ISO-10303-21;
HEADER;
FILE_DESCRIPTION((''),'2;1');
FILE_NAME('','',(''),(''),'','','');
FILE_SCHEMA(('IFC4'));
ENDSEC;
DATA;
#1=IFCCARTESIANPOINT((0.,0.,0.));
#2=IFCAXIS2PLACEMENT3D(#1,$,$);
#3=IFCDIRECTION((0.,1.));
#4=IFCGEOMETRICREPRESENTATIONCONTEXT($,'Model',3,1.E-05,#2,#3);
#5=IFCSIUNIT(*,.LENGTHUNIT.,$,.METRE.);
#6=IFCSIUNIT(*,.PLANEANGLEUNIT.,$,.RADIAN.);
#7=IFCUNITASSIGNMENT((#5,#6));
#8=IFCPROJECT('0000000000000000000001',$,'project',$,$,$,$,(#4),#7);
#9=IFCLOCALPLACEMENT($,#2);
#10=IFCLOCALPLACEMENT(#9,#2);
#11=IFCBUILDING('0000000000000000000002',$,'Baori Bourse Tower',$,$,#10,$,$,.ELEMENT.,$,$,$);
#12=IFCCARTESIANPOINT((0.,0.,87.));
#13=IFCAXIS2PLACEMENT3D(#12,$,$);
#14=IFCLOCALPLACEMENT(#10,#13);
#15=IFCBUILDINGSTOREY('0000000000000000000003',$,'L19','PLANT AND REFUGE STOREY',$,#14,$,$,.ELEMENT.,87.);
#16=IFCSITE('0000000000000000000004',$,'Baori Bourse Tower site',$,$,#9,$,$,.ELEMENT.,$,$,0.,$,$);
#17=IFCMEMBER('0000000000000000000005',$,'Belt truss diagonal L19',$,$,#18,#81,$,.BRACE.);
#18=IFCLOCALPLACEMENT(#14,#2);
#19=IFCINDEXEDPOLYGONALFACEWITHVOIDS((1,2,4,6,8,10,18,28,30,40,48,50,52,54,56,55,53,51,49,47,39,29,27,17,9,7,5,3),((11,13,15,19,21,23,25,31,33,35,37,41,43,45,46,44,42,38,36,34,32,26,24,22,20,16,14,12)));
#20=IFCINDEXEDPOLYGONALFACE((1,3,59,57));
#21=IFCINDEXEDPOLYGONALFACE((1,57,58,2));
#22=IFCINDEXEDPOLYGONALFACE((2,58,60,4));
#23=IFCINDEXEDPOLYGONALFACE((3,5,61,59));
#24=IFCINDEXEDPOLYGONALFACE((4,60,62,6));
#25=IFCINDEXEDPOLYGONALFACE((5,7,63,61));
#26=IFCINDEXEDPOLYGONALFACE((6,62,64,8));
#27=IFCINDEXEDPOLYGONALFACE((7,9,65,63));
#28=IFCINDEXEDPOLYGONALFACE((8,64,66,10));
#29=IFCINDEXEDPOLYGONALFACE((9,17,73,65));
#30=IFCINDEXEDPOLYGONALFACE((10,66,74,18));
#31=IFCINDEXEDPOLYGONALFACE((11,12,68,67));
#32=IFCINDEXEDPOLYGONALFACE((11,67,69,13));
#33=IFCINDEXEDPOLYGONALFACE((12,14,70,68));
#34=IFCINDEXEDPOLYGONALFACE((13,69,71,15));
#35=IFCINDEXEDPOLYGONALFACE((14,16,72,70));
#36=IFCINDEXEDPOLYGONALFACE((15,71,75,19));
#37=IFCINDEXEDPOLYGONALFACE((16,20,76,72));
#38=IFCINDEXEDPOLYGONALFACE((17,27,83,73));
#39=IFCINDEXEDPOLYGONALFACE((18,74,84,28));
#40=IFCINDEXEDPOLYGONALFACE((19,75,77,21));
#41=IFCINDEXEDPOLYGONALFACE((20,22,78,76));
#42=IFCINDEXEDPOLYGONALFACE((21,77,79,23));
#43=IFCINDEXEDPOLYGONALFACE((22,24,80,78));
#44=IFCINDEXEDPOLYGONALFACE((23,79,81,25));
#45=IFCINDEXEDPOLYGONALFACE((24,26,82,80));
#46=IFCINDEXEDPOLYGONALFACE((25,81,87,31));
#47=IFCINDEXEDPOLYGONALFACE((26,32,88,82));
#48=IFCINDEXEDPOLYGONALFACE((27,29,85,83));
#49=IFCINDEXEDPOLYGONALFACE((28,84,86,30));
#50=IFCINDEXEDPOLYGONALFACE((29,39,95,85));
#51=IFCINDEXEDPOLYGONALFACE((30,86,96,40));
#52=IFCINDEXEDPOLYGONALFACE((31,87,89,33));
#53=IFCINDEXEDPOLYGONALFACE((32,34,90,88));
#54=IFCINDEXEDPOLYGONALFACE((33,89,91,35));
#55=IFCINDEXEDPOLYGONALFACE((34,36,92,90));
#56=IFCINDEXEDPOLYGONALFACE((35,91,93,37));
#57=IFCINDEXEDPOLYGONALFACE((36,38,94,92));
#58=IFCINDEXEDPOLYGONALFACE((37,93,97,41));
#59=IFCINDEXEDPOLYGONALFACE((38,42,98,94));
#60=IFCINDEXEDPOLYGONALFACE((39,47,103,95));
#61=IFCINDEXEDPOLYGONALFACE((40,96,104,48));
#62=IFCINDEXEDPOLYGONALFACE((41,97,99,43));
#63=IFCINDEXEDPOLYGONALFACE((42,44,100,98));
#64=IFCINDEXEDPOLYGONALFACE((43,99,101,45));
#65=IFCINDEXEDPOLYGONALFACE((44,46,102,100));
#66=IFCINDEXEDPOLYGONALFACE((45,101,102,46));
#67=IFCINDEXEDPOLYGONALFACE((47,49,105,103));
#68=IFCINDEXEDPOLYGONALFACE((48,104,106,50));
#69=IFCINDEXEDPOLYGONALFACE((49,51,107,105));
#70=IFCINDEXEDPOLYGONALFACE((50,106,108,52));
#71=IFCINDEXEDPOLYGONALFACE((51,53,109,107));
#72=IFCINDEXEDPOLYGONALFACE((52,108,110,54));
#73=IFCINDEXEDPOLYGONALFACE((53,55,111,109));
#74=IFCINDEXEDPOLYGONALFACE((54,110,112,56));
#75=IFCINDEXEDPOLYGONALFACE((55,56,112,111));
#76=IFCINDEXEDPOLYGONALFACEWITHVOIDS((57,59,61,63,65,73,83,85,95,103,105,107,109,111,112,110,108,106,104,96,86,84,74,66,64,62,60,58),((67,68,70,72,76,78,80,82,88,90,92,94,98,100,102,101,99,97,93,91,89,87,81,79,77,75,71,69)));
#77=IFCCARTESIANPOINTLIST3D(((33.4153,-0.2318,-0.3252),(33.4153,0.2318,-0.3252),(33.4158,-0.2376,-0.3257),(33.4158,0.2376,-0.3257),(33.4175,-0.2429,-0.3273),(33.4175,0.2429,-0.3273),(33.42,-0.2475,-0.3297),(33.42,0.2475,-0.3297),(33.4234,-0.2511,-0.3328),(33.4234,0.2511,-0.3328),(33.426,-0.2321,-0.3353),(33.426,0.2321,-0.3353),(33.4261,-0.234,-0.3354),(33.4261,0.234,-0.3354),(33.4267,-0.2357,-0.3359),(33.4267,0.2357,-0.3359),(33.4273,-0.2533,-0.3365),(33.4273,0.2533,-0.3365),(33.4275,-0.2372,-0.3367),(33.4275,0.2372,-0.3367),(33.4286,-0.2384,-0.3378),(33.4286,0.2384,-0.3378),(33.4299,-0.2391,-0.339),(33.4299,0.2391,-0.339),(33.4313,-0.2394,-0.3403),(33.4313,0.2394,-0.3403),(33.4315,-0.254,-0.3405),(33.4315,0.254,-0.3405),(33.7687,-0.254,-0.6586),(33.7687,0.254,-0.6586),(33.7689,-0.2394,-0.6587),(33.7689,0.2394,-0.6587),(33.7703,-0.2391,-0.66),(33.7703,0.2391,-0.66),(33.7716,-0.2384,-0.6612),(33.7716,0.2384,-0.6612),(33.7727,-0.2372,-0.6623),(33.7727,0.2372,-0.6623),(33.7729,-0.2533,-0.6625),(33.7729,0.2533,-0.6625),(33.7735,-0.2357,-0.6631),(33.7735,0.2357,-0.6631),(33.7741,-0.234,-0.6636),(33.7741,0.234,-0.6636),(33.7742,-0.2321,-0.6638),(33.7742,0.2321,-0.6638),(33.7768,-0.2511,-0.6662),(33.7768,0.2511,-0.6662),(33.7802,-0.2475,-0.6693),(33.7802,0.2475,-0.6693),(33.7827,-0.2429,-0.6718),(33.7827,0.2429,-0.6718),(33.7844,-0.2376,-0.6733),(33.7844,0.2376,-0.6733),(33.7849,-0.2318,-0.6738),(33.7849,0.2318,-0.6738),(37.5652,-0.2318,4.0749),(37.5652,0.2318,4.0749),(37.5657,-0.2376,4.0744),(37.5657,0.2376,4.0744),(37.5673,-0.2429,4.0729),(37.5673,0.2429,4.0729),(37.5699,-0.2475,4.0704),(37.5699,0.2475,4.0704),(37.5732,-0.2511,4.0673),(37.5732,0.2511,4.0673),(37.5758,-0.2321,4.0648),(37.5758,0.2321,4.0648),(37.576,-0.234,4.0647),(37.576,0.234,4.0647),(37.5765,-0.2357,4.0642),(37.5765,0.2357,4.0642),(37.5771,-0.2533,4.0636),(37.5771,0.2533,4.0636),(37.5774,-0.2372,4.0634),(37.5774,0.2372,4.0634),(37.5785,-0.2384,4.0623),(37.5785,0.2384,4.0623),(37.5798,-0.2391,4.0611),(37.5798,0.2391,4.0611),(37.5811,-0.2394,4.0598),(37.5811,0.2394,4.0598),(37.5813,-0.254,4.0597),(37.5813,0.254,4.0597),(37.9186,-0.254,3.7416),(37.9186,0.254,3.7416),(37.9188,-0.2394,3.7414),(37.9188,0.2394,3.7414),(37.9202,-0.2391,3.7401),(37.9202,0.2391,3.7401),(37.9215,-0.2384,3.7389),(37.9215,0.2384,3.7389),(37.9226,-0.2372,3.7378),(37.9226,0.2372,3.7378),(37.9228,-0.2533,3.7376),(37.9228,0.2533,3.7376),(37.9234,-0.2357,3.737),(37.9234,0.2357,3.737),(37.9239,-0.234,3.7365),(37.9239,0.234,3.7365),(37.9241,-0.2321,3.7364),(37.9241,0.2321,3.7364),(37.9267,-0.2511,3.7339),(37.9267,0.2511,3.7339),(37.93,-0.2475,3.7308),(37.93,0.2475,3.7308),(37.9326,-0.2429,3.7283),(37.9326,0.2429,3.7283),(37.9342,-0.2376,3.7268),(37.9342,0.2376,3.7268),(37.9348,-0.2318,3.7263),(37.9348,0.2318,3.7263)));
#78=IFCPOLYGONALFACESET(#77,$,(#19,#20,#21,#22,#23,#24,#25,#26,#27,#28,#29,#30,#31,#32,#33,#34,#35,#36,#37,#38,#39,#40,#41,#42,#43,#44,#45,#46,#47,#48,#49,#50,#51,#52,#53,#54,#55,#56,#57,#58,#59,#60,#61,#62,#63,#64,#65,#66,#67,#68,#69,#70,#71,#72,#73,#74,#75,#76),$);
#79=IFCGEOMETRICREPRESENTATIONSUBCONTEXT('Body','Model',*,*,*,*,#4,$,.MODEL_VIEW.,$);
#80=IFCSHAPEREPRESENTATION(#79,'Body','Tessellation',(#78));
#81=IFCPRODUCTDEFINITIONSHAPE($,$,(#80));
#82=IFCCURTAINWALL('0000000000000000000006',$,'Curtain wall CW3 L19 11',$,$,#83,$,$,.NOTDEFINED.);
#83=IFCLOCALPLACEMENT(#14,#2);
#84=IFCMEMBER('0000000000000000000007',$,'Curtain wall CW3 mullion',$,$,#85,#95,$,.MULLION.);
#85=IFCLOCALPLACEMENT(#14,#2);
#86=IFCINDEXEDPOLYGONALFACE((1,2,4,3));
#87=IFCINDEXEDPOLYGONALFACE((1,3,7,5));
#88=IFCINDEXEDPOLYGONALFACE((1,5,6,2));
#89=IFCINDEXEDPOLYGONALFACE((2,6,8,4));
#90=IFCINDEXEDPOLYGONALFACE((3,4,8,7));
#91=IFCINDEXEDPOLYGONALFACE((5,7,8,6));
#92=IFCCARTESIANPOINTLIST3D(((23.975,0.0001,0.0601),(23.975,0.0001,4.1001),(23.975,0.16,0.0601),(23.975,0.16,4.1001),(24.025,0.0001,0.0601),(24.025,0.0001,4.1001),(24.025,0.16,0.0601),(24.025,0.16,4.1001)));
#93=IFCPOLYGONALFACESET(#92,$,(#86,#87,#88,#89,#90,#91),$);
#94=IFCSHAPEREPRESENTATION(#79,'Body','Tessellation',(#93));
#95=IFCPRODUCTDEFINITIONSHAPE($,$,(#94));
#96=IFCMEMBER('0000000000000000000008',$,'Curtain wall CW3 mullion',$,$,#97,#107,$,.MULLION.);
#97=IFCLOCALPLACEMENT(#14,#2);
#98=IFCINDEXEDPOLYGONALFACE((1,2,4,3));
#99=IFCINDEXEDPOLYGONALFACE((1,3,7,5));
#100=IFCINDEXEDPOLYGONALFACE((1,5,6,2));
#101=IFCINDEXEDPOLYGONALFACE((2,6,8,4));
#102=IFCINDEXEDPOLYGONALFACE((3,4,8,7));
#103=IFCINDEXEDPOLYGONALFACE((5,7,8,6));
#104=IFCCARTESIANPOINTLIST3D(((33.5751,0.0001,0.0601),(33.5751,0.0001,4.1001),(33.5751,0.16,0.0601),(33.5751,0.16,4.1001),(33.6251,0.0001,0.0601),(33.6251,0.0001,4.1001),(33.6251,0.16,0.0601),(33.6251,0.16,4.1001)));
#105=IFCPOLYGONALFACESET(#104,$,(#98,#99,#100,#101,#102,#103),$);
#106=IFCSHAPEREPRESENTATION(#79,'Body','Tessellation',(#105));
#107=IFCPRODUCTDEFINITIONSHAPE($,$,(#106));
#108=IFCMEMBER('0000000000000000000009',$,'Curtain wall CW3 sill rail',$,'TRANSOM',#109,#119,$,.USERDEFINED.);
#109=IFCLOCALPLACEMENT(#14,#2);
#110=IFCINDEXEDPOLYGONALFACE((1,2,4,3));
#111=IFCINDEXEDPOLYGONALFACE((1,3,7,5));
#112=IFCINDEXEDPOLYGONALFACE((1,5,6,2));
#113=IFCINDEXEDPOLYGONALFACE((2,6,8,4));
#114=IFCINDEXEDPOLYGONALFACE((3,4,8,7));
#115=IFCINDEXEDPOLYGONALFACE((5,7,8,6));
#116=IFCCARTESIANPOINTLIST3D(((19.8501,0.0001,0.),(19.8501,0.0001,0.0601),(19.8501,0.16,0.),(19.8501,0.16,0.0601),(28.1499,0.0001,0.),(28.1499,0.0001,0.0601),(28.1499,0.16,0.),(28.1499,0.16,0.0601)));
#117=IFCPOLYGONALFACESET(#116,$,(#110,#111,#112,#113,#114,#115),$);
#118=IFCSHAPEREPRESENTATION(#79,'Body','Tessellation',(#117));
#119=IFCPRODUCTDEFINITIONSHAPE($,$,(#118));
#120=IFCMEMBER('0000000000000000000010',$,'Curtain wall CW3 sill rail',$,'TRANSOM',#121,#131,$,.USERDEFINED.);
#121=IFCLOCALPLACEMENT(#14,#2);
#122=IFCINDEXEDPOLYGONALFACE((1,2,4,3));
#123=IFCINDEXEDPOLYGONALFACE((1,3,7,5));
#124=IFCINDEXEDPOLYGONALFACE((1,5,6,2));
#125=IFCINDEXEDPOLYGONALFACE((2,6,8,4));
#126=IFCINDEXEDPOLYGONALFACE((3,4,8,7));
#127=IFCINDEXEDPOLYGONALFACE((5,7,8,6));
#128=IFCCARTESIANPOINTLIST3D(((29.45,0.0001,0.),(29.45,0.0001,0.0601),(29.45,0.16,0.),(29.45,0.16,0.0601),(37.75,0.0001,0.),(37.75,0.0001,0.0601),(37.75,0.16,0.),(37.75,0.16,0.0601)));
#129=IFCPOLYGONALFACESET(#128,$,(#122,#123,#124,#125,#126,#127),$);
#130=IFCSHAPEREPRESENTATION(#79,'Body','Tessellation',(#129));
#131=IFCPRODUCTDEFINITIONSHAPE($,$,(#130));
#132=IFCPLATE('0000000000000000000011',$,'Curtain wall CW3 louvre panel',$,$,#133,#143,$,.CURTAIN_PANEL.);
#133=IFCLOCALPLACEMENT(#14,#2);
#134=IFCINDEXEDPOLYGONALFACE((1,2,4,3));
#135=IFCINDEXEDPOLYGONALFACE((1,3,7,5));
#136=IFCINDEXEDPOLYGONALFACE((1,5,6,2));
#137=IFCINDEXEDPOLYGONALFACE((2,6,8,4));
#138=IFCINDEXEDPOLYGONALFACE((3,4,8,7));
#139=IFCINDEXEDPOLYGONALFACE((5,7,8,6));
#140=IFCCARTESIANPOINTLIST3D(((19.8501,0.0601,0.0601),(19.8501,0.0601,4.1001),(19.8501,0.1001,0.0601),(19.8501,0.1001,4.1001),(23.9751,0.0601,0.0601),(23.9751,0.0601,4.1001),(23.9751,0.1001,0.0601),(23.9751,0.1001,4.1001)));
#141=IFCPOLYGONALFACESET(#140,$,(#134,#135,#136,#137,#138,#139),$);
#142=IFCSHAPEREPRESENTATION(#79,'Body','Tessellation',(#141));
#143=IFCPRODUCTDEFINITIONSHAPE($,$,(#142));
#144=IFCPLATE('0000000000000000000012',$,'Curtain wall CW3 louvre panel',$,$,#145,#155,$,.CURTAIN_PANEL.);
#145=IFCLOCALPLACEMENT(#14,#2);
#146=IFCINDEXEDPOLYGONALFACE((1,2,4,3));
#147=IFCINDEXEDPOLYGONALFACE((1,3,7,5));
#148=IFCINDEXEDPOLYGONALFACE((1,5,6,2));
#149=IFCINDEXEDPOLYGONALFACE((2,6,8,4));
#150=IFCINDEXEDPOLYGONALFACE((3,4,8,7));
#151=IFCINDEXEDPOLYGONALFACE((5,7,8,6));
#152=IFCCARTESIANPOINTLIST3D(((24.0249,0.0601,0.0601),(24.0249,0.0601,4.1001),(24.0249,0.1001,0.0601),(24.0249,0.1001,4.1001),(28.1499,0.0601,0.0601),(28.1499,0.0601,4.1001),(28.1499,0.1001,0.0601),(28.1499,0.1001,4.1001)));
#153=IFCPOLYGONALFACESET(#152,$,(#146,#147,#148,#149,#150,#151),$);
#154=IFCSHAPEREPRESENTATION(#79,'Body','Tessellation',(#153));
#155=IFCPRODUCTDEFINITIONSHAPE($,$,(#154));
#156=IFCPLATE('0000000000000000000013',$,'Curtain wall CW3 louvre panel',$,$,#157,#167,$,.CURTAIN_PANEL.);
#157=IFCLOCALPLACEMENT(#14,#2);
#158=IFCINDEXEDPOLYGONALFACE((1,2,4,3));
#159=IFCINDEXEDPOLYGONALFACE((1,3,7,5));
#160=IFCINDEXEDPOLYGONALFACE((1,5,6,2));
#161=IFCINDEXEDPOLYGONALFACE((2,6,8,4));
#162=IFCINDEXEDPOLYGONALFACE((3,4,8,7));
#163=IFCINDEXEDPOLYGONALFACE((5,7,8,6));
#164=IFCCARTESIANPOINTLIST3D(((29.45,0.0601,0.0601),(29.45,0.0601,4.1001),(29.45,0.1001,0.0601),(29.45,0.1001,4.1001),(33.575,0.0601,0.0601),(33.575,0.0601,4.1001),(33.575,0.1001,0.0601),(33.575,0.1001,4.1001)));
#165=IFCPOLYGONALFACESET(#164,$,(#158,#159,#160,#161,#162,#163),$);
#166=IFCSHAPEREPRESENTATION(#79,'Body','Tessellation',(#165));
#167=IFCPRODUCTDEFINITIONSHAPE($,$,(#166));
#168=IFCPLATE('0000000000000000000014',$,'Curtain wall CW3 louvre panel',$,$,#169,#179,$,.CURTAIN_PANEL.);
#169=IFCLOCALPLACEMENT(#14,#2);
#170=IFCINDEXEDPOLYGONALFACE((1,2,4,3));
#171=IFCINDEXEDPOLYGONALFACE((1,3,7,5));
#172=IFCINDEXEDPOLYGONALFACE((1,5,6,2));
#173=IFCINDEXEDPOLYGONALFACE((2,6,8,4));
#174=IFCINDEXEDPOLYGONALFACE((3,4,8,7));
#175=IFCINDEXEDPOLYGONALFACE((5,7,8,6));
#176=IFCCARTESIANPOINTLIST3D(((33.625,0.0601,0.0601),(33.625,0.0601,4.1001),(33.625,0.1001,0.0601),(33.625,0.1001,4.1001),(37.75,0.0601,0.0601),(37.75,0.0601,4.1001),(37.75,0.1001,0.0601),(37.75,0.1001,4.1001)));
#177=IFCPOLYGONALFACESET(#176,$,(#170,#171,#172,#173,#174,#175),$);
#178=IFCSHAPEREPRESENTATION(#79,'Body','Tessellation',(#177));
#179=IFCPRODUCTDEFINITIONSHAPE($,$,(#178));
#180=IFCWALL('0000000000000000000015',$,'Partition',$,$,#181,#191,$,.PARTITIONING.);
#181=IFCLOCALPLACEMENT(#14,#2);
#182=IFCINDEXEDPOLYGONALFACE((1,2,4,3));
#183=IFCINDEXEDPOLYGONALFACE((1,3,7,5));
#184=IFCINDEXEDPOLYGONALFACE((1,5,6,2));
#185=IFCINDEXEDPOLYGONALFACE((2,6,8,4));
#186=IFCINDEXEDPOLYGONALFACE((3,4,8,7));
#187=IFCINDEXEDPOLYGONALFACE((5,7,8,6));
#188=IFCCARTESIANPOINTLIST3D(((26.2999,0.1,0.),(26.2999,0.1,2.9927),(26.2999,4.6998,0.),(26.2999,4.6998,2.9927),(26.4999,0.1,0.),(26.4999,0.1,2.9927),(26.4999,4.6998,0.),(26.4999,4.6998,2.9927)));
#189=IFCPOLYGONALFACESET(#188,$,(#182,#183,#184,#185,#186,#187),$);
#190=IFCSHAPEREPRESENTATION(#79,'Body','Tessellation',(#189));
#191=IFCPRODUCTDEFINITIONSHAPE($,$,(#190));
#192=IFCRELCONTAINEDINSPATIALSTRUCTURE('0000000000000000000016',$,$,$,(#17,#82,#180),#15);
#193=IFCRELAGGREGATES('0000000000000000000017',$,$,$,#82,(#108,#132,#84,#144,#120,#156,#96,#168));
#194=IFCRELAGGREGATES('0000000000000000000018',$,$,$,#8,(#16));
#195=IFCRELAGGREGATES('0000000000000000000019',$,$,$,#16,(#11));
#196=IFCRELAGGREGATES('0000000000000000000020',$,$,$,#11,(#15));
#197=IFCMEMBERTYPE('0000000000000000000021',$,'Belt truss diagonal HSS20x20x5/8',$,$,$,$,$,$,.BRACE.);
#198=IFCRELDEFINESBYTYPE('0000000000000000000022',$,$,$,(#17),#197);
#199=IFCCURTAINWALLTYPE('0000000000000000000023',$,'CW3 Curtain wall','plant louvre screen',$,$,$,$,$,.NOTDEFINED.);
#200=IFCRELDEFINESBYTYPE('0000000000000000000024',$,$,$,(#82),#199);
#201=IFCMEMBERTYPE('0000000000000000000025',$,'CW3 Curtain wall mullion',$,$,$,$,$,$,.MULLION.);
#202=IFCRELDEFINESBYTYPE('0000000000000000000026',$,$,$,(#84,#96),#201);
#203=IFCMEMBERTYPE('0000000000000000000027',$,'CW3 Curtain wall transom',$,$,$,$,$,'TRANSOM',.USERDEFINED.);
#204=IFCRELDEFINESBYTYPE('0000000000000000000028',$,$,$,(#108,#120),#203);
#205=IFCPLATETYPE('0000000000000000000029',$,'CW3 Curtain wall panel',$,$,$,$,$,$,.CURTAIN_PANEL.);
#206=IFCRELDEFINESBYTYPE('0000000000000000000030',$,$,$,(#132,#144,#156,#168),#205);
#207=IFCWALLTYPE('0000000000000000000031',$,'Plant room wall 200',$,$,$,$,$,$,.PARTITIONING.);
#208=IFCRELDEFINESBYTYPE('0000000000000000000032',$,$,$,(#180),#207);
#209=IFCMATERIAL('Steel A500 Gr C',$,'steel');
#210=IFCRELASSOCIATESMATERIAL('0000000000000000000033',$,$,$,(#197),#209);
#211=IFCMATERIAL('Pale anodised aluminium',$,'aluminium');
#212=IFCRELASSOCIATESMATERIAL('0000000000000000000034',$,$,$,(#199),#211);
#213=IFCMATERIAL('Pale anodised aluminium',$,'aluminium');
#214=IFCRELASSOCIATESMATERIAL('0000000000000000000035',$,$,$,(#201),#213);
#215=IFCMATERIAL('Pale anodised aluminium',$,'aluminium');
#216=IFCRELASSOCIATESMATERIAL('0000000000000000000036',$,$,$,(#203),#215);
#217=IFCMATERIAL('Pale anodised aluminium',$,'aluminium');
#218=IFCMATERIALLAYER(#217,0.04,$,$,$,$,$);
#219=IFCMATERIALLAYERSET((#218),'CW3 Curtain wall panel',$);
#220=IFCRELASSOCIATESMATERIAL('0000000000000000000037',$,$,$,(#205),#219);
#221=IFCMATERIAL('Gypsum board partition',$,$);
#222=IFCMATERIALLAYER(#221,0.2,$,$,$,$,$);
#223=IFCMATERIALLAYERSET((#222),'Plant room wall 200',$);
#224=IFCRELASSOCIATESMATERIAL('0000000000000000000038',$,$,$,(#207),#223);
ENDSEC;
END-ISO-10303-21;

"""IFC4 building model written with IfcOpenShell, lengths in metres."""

from ifc_helpers import new_model, si_unit, direction, frame, frame_2d, origin, origin_2d, place, context, subcontext, project, spatial, rectangle, hollow_rectangle, extrude, material, layer, layer_set, material_profile, profile_set, type_object, element, aggregate, save


model = new_model("IFC4")

# Units and contexts
model_context = context("Model", 3, precision=1e-05, world=origin(), true_north=direction((0.0, 1.0)))
body_context = subcontext(model_context, "Body", "Model", "MODEL_VIEW")
ifc_project = project(units=[si_unit("LENGTHUNIT", "METRE"), si_unit("PLANEANGLEUNIT", "RADIAN")], contexts=[model_context])

# Site, building, storey
site_placement = place(None, origin())
site = spatial("IfcSite", under=ifc_project, at=site_placement, Name="Baori Bourse Tower site", CompositionType="ELEMENT", RefElevation=0.0)
building_placement = place(site_placement, origin())
building = spatial("IfcBuilding", under=site, at=building_placement, Name="Baori Bourse Tower", CompositionType="ELEMENT")
storey_placement = place(building_placement, frame((0.0, 0.0, 87.0)))
storey = spatial("IfcBuildingStorey", under=building, at=storey_placement, Name="L19", Description="PLANT AND REFUGE STOREY", CompositionType="ELEMENT", Elevation=87.0)

# Member
ifc_material_1 = material(Name="Steel A500 Gr C", Category="steel")
ifc_material_profile_1 = material_profile(ifc_material_1, hollow_rectangle(XDim=0.5081, YDim=0.5081, WallThickness=0.0146, InnerFilletRadius=0.0073, OuterFilletRadius=0.0222, at=origin_2d()), Name="HSS20x20x5/8")
ifc_profile_set_1 = profile_set([ifc_material_profile_1], Name="Steel A500 Gr C")
member_type_1 = type_object("IfcMemberType", Name="Belt truss diagonal HSS20x20x5/8", PredefinedType="BRACE", material=ifc_profile_set_1)
member_1_placement = place(storey_placement, frame((33.6001, 0.0, -0.4995), z_axis=(0.686117, 0.0, 0.727491), x_axis=(0.0, 1.0, 0.0)))
element("IfcMember", 1, at=member_1_placement, inside=storey, type_object=member_type_1, Name="Belt truss diagonal L19", PredefinedType="BRACE", context=body_context, shape_type="SweptSolid", body=[
    extrude(hollow_rectangle(XDim=0.5081, YDim=0.5081, WallThickness=0.0146, InnerFilletRadius=0.0073, OuterFilletRadius=0.0222, at=origin_2d()), origin(), (0.0, 0.0, 1.0), 6.0483),
])

# Curtain wall, members, plates
ifc_material_2 = material(Name="Pale anodised aluminium", Category="aluminium")
curtain_wall_type = type_object("IfcCurtainWallType", Name="CW3 Curtain wall", Description="plant louvre screen", PredefinedType="NOTDEFINED", material=ifc_material_2)
curtain_wall_placement = place(storey_placement, origin())
curtain_wall = element("IfcCurtainWall", 2, at=curtain_wall_placement, inside=storey, type_object=curtain_wall_type, Name="Curtain wall CW3 L19 11", PredefinedType="NOTDEFINED")
ifc_material_3 = material(Name="Pale anodised aluminium", Category="aluminium")
ifc_material_profile_2 = material_profile(ifc_material_3, rectangle(XDim=0.1599, YDim=0.05, at=origin_2d()), Name="Mullion 50x160")
ifc_profile_set_2 = profile_set([ifc_material_profile_2], Name="Pale anodised aluminium")
member_type_2 = type_object("IfcMemberType", Name="CW3 Curtain wall mullion", PredefinedType="MULLION", material=ifc_profile_set_2)
member_2_placement = place(storey_placement, frame((24.0, 0.0801, 0.0601), z_axis=(0.0, 0.0, 1.0), x_axis=(0.0, 1.0, 0.0)))
member_2 = element("IfcMember", 3, at=member_2_placement, type_object=member_type_2, Name="Curtain wall CW3 mullion", PredefinedType="MULLION", context=body_context, shape_type="SweptSolid", body=[
    extrude(rectangle(XDim=0.1599, YDim=0.05, at=origin_2d()), origin(), (0.0, 0.0, 1.0), 4.04),
])
member_3_placement = place(storey_placement, frame((33.6001, 0.0801, 0.0601), z_axis=(0.0, 0.0, 1.0), x_axis=(0.0, 1.0, 0.0)))
member_3 = element("IfcMember", 4, at=member_3_placement, type_object=member_type_2, Name="Curtain wall CW3 mullion", PredefinedType="MULLION", context=body_context, shape_type="SweptSolid", body=[
    extrude(rectangle(XDim=0.1599, YDim=0.05, at=origin_2d()), origin(), (0.0, 0.0, 1.0), 4.04),
])
ifc_material_4 = material(Name="Pale anodised aluminium", Category="aluminium")
ifc_material_profile_3 = material_profile(ifc_material_4, rectangle(XDim=0.1599, YDim=0.0601, at=origin_2d()), Name="Transom 60x160")
ifc_profile_set_3 = profile_set([ifc_material_profile_3], Name="Pale anodised aluminium")
member_type_3 = type_object("IfcMemberType", Name="CW3 Curtain wall transom", ElementType="TRANSOM", PredefinedType="USERDEFINED", material=ifc_profile_set_3)
member_4_placement = place(storey_placement, frame((19.8501, 0.0801, 0.03), z_axis=(1.0, 0.0, 0.0), x_axis=(0.0, 1.0, 0.0)))
member_4 = element("IfcMember", 5, at=member_4_placement, type_object=member_type_3, Name="Curtain wall CW3 sill rail", ObjectType="TRANSOM", PredefinedType="USERDEFINED", context=body_context, shape_type="SweptSolid", body=[
    extrude(rectangle(XDim=0.1599, YDim=0.0601, at=origin_2d()), origin(), (0.0, 0.0, 1.0), 8.2998),
])
member_5_placement = place(storey_placement, frame((29.45, 0.0801, 0.03), z_axis=(1.0, 0.0, 0.0), x_axis=(0.0, 1.0, 0.0)))
member_5 = element("IfcMember", 6, at=member_5_placement, type_object=member_type_3, Name="Curtain wall CW3 sill rail", ObjectType="TRANSOM", PredefinedType="USERDEFINED", context=body_context, shape_type="SweptSolid", body=[
    extrude(rectangle(XDim=0.1599, YDim=0.0601, at=origin_2d()), origin(), (0.0, 0.0, 1.0), 8.3),
])
ifc_material_5 = material(Name="Pale anodised aluminium", Category="aluminium")
ifc_layer_1 = layer(ifc_material_5, 0.04)
ifc_layer_set_1 = layer_set([ifc_layer_1], Name="CW3 Curtain wall panel")
plate_type = type_object("IfcPlateType", Name="CW3 Curtain wall panel", PredefinedType="CURTAIN_PANEL", material=ifc_layer_set_1)
plate_1_placement = place(storey_placement, frame((21.9126, 0.0801, 0.0601), z_axis=(0.0, 0.0, 1.0), x_axis=(1.0, 0.0, 0.0)))
plate_1 = element("IfcPlate", 7, at=plate_1_placement, type_object=plate_type, Name="Curtain wall CW3 louvre panel", PredefinedType="CURTAIN_PANEL", context=body_context, shape_type="SweptSolid", body=[
    extrude(rectangle(XDim=4.125, YDim=0.04, at=origin_2d()), origin(), (0.0, 0.0, 1.0), 4.04),
])
plate_2_placement = place(storey_placement, frame((26.0874, 0.0801, 0.0601), z_axis=(0.0, 0.0, 1.0), x_axis=(1.0, 0.0, 0.0)))
plate_2 = element("IfcPlate", 8, at=plate_2_placement, type_object=plate_type, Name="Curtain wall CW3 louvre panel", PredefinedType="CURTAIN_PANEL", context=body_context, shape_type="SweptSolid", body=[
    extrude(rectangle(XDim=4.125, YDim=0.04, at=origin_2d()), origin(), (0.0, 0.0, 1.0), 4.04),
])
plate_3_placement = place(storey_placement, frame((31.5125, 0.0801, 0.0601), z_axis=(0.0, 0.0, 1.0), x_axis=(1.0, 0.0, 0.0)))
plate_3 = element("IfcPlate", 9, at=plate_3_placement, type_object=plate_type, Name="Curtain wall CW3 louvre panel", PredefinedType="CURTAIN_PANEL", context=body_context, shape_type="SweptSolid", body=[
    extrude(rectangle(XDim=4.125, YDim=0.04, at=origin_2d()), origin(), (0.0, 0.0, 1.0), 4.04),
])
plate_4_placement = place(storey_placement, frame((35.6875, 0.0801, 0.0601), z_axis=(0.0, 0.0, 1.0), x_axis=(1.0, 0.0, 0.0)))
plate_4 = element("IfcPlate", 10, at=plate_4_placement, type_object=plate_type, Name="Curtain wall CW3 louvre panel", PredefinedType="CURTAIN_PANEL", context=body_context, shape_type="SweptSolid", body=[
    extrude(rectangle(XDim=4.125, YDim=0.04, at=origin_2d()), origin(), (0.0, 0.0, 1.0), 4.04),
])
aggregate(curtain_wall, [member_4, plate_1, member_2, plate_2, member_5, plate_3, member_3, plate_4])

# Wall
ifc_material_6 = material(Name="Gypsum board partition")
ifc_layer_2 = layer(ifc_material_6, 0.2)
ifc_layer_set_2 = layer_set([ifc_layer_2], Name="Plant room wall 200")
wall_type = type_object("IfcWallType", Name="Plant room wall 200", PredefinedType="PARTITIONING", material=ifc_layer_set_2)
for number, where, z_axis, x_axis, name in (
    (11, (26.3999, 0.1001, 0.0), (0.0, 0.0, 1.0), (0.0, 1.0, 0.0), "Partition"),
):
    element("IfcWall", number, at=place(storey_placement, frame(where, z_axis=z_axis, x_axis=x_axis)), inside=storey, type_object=wall_type, Name=name, PredefinedType="PARTITIONING", context=body_context, shape_type="SweptSolid", body=[
        extrude(rectangle(XDim=4.5999, YDim=0.2, at=frame_2d((2.2998, 0.0))), origin(), (0.0, 0.0, 1.0), 2.9927),
    ])

save(model, "model.ifc")
